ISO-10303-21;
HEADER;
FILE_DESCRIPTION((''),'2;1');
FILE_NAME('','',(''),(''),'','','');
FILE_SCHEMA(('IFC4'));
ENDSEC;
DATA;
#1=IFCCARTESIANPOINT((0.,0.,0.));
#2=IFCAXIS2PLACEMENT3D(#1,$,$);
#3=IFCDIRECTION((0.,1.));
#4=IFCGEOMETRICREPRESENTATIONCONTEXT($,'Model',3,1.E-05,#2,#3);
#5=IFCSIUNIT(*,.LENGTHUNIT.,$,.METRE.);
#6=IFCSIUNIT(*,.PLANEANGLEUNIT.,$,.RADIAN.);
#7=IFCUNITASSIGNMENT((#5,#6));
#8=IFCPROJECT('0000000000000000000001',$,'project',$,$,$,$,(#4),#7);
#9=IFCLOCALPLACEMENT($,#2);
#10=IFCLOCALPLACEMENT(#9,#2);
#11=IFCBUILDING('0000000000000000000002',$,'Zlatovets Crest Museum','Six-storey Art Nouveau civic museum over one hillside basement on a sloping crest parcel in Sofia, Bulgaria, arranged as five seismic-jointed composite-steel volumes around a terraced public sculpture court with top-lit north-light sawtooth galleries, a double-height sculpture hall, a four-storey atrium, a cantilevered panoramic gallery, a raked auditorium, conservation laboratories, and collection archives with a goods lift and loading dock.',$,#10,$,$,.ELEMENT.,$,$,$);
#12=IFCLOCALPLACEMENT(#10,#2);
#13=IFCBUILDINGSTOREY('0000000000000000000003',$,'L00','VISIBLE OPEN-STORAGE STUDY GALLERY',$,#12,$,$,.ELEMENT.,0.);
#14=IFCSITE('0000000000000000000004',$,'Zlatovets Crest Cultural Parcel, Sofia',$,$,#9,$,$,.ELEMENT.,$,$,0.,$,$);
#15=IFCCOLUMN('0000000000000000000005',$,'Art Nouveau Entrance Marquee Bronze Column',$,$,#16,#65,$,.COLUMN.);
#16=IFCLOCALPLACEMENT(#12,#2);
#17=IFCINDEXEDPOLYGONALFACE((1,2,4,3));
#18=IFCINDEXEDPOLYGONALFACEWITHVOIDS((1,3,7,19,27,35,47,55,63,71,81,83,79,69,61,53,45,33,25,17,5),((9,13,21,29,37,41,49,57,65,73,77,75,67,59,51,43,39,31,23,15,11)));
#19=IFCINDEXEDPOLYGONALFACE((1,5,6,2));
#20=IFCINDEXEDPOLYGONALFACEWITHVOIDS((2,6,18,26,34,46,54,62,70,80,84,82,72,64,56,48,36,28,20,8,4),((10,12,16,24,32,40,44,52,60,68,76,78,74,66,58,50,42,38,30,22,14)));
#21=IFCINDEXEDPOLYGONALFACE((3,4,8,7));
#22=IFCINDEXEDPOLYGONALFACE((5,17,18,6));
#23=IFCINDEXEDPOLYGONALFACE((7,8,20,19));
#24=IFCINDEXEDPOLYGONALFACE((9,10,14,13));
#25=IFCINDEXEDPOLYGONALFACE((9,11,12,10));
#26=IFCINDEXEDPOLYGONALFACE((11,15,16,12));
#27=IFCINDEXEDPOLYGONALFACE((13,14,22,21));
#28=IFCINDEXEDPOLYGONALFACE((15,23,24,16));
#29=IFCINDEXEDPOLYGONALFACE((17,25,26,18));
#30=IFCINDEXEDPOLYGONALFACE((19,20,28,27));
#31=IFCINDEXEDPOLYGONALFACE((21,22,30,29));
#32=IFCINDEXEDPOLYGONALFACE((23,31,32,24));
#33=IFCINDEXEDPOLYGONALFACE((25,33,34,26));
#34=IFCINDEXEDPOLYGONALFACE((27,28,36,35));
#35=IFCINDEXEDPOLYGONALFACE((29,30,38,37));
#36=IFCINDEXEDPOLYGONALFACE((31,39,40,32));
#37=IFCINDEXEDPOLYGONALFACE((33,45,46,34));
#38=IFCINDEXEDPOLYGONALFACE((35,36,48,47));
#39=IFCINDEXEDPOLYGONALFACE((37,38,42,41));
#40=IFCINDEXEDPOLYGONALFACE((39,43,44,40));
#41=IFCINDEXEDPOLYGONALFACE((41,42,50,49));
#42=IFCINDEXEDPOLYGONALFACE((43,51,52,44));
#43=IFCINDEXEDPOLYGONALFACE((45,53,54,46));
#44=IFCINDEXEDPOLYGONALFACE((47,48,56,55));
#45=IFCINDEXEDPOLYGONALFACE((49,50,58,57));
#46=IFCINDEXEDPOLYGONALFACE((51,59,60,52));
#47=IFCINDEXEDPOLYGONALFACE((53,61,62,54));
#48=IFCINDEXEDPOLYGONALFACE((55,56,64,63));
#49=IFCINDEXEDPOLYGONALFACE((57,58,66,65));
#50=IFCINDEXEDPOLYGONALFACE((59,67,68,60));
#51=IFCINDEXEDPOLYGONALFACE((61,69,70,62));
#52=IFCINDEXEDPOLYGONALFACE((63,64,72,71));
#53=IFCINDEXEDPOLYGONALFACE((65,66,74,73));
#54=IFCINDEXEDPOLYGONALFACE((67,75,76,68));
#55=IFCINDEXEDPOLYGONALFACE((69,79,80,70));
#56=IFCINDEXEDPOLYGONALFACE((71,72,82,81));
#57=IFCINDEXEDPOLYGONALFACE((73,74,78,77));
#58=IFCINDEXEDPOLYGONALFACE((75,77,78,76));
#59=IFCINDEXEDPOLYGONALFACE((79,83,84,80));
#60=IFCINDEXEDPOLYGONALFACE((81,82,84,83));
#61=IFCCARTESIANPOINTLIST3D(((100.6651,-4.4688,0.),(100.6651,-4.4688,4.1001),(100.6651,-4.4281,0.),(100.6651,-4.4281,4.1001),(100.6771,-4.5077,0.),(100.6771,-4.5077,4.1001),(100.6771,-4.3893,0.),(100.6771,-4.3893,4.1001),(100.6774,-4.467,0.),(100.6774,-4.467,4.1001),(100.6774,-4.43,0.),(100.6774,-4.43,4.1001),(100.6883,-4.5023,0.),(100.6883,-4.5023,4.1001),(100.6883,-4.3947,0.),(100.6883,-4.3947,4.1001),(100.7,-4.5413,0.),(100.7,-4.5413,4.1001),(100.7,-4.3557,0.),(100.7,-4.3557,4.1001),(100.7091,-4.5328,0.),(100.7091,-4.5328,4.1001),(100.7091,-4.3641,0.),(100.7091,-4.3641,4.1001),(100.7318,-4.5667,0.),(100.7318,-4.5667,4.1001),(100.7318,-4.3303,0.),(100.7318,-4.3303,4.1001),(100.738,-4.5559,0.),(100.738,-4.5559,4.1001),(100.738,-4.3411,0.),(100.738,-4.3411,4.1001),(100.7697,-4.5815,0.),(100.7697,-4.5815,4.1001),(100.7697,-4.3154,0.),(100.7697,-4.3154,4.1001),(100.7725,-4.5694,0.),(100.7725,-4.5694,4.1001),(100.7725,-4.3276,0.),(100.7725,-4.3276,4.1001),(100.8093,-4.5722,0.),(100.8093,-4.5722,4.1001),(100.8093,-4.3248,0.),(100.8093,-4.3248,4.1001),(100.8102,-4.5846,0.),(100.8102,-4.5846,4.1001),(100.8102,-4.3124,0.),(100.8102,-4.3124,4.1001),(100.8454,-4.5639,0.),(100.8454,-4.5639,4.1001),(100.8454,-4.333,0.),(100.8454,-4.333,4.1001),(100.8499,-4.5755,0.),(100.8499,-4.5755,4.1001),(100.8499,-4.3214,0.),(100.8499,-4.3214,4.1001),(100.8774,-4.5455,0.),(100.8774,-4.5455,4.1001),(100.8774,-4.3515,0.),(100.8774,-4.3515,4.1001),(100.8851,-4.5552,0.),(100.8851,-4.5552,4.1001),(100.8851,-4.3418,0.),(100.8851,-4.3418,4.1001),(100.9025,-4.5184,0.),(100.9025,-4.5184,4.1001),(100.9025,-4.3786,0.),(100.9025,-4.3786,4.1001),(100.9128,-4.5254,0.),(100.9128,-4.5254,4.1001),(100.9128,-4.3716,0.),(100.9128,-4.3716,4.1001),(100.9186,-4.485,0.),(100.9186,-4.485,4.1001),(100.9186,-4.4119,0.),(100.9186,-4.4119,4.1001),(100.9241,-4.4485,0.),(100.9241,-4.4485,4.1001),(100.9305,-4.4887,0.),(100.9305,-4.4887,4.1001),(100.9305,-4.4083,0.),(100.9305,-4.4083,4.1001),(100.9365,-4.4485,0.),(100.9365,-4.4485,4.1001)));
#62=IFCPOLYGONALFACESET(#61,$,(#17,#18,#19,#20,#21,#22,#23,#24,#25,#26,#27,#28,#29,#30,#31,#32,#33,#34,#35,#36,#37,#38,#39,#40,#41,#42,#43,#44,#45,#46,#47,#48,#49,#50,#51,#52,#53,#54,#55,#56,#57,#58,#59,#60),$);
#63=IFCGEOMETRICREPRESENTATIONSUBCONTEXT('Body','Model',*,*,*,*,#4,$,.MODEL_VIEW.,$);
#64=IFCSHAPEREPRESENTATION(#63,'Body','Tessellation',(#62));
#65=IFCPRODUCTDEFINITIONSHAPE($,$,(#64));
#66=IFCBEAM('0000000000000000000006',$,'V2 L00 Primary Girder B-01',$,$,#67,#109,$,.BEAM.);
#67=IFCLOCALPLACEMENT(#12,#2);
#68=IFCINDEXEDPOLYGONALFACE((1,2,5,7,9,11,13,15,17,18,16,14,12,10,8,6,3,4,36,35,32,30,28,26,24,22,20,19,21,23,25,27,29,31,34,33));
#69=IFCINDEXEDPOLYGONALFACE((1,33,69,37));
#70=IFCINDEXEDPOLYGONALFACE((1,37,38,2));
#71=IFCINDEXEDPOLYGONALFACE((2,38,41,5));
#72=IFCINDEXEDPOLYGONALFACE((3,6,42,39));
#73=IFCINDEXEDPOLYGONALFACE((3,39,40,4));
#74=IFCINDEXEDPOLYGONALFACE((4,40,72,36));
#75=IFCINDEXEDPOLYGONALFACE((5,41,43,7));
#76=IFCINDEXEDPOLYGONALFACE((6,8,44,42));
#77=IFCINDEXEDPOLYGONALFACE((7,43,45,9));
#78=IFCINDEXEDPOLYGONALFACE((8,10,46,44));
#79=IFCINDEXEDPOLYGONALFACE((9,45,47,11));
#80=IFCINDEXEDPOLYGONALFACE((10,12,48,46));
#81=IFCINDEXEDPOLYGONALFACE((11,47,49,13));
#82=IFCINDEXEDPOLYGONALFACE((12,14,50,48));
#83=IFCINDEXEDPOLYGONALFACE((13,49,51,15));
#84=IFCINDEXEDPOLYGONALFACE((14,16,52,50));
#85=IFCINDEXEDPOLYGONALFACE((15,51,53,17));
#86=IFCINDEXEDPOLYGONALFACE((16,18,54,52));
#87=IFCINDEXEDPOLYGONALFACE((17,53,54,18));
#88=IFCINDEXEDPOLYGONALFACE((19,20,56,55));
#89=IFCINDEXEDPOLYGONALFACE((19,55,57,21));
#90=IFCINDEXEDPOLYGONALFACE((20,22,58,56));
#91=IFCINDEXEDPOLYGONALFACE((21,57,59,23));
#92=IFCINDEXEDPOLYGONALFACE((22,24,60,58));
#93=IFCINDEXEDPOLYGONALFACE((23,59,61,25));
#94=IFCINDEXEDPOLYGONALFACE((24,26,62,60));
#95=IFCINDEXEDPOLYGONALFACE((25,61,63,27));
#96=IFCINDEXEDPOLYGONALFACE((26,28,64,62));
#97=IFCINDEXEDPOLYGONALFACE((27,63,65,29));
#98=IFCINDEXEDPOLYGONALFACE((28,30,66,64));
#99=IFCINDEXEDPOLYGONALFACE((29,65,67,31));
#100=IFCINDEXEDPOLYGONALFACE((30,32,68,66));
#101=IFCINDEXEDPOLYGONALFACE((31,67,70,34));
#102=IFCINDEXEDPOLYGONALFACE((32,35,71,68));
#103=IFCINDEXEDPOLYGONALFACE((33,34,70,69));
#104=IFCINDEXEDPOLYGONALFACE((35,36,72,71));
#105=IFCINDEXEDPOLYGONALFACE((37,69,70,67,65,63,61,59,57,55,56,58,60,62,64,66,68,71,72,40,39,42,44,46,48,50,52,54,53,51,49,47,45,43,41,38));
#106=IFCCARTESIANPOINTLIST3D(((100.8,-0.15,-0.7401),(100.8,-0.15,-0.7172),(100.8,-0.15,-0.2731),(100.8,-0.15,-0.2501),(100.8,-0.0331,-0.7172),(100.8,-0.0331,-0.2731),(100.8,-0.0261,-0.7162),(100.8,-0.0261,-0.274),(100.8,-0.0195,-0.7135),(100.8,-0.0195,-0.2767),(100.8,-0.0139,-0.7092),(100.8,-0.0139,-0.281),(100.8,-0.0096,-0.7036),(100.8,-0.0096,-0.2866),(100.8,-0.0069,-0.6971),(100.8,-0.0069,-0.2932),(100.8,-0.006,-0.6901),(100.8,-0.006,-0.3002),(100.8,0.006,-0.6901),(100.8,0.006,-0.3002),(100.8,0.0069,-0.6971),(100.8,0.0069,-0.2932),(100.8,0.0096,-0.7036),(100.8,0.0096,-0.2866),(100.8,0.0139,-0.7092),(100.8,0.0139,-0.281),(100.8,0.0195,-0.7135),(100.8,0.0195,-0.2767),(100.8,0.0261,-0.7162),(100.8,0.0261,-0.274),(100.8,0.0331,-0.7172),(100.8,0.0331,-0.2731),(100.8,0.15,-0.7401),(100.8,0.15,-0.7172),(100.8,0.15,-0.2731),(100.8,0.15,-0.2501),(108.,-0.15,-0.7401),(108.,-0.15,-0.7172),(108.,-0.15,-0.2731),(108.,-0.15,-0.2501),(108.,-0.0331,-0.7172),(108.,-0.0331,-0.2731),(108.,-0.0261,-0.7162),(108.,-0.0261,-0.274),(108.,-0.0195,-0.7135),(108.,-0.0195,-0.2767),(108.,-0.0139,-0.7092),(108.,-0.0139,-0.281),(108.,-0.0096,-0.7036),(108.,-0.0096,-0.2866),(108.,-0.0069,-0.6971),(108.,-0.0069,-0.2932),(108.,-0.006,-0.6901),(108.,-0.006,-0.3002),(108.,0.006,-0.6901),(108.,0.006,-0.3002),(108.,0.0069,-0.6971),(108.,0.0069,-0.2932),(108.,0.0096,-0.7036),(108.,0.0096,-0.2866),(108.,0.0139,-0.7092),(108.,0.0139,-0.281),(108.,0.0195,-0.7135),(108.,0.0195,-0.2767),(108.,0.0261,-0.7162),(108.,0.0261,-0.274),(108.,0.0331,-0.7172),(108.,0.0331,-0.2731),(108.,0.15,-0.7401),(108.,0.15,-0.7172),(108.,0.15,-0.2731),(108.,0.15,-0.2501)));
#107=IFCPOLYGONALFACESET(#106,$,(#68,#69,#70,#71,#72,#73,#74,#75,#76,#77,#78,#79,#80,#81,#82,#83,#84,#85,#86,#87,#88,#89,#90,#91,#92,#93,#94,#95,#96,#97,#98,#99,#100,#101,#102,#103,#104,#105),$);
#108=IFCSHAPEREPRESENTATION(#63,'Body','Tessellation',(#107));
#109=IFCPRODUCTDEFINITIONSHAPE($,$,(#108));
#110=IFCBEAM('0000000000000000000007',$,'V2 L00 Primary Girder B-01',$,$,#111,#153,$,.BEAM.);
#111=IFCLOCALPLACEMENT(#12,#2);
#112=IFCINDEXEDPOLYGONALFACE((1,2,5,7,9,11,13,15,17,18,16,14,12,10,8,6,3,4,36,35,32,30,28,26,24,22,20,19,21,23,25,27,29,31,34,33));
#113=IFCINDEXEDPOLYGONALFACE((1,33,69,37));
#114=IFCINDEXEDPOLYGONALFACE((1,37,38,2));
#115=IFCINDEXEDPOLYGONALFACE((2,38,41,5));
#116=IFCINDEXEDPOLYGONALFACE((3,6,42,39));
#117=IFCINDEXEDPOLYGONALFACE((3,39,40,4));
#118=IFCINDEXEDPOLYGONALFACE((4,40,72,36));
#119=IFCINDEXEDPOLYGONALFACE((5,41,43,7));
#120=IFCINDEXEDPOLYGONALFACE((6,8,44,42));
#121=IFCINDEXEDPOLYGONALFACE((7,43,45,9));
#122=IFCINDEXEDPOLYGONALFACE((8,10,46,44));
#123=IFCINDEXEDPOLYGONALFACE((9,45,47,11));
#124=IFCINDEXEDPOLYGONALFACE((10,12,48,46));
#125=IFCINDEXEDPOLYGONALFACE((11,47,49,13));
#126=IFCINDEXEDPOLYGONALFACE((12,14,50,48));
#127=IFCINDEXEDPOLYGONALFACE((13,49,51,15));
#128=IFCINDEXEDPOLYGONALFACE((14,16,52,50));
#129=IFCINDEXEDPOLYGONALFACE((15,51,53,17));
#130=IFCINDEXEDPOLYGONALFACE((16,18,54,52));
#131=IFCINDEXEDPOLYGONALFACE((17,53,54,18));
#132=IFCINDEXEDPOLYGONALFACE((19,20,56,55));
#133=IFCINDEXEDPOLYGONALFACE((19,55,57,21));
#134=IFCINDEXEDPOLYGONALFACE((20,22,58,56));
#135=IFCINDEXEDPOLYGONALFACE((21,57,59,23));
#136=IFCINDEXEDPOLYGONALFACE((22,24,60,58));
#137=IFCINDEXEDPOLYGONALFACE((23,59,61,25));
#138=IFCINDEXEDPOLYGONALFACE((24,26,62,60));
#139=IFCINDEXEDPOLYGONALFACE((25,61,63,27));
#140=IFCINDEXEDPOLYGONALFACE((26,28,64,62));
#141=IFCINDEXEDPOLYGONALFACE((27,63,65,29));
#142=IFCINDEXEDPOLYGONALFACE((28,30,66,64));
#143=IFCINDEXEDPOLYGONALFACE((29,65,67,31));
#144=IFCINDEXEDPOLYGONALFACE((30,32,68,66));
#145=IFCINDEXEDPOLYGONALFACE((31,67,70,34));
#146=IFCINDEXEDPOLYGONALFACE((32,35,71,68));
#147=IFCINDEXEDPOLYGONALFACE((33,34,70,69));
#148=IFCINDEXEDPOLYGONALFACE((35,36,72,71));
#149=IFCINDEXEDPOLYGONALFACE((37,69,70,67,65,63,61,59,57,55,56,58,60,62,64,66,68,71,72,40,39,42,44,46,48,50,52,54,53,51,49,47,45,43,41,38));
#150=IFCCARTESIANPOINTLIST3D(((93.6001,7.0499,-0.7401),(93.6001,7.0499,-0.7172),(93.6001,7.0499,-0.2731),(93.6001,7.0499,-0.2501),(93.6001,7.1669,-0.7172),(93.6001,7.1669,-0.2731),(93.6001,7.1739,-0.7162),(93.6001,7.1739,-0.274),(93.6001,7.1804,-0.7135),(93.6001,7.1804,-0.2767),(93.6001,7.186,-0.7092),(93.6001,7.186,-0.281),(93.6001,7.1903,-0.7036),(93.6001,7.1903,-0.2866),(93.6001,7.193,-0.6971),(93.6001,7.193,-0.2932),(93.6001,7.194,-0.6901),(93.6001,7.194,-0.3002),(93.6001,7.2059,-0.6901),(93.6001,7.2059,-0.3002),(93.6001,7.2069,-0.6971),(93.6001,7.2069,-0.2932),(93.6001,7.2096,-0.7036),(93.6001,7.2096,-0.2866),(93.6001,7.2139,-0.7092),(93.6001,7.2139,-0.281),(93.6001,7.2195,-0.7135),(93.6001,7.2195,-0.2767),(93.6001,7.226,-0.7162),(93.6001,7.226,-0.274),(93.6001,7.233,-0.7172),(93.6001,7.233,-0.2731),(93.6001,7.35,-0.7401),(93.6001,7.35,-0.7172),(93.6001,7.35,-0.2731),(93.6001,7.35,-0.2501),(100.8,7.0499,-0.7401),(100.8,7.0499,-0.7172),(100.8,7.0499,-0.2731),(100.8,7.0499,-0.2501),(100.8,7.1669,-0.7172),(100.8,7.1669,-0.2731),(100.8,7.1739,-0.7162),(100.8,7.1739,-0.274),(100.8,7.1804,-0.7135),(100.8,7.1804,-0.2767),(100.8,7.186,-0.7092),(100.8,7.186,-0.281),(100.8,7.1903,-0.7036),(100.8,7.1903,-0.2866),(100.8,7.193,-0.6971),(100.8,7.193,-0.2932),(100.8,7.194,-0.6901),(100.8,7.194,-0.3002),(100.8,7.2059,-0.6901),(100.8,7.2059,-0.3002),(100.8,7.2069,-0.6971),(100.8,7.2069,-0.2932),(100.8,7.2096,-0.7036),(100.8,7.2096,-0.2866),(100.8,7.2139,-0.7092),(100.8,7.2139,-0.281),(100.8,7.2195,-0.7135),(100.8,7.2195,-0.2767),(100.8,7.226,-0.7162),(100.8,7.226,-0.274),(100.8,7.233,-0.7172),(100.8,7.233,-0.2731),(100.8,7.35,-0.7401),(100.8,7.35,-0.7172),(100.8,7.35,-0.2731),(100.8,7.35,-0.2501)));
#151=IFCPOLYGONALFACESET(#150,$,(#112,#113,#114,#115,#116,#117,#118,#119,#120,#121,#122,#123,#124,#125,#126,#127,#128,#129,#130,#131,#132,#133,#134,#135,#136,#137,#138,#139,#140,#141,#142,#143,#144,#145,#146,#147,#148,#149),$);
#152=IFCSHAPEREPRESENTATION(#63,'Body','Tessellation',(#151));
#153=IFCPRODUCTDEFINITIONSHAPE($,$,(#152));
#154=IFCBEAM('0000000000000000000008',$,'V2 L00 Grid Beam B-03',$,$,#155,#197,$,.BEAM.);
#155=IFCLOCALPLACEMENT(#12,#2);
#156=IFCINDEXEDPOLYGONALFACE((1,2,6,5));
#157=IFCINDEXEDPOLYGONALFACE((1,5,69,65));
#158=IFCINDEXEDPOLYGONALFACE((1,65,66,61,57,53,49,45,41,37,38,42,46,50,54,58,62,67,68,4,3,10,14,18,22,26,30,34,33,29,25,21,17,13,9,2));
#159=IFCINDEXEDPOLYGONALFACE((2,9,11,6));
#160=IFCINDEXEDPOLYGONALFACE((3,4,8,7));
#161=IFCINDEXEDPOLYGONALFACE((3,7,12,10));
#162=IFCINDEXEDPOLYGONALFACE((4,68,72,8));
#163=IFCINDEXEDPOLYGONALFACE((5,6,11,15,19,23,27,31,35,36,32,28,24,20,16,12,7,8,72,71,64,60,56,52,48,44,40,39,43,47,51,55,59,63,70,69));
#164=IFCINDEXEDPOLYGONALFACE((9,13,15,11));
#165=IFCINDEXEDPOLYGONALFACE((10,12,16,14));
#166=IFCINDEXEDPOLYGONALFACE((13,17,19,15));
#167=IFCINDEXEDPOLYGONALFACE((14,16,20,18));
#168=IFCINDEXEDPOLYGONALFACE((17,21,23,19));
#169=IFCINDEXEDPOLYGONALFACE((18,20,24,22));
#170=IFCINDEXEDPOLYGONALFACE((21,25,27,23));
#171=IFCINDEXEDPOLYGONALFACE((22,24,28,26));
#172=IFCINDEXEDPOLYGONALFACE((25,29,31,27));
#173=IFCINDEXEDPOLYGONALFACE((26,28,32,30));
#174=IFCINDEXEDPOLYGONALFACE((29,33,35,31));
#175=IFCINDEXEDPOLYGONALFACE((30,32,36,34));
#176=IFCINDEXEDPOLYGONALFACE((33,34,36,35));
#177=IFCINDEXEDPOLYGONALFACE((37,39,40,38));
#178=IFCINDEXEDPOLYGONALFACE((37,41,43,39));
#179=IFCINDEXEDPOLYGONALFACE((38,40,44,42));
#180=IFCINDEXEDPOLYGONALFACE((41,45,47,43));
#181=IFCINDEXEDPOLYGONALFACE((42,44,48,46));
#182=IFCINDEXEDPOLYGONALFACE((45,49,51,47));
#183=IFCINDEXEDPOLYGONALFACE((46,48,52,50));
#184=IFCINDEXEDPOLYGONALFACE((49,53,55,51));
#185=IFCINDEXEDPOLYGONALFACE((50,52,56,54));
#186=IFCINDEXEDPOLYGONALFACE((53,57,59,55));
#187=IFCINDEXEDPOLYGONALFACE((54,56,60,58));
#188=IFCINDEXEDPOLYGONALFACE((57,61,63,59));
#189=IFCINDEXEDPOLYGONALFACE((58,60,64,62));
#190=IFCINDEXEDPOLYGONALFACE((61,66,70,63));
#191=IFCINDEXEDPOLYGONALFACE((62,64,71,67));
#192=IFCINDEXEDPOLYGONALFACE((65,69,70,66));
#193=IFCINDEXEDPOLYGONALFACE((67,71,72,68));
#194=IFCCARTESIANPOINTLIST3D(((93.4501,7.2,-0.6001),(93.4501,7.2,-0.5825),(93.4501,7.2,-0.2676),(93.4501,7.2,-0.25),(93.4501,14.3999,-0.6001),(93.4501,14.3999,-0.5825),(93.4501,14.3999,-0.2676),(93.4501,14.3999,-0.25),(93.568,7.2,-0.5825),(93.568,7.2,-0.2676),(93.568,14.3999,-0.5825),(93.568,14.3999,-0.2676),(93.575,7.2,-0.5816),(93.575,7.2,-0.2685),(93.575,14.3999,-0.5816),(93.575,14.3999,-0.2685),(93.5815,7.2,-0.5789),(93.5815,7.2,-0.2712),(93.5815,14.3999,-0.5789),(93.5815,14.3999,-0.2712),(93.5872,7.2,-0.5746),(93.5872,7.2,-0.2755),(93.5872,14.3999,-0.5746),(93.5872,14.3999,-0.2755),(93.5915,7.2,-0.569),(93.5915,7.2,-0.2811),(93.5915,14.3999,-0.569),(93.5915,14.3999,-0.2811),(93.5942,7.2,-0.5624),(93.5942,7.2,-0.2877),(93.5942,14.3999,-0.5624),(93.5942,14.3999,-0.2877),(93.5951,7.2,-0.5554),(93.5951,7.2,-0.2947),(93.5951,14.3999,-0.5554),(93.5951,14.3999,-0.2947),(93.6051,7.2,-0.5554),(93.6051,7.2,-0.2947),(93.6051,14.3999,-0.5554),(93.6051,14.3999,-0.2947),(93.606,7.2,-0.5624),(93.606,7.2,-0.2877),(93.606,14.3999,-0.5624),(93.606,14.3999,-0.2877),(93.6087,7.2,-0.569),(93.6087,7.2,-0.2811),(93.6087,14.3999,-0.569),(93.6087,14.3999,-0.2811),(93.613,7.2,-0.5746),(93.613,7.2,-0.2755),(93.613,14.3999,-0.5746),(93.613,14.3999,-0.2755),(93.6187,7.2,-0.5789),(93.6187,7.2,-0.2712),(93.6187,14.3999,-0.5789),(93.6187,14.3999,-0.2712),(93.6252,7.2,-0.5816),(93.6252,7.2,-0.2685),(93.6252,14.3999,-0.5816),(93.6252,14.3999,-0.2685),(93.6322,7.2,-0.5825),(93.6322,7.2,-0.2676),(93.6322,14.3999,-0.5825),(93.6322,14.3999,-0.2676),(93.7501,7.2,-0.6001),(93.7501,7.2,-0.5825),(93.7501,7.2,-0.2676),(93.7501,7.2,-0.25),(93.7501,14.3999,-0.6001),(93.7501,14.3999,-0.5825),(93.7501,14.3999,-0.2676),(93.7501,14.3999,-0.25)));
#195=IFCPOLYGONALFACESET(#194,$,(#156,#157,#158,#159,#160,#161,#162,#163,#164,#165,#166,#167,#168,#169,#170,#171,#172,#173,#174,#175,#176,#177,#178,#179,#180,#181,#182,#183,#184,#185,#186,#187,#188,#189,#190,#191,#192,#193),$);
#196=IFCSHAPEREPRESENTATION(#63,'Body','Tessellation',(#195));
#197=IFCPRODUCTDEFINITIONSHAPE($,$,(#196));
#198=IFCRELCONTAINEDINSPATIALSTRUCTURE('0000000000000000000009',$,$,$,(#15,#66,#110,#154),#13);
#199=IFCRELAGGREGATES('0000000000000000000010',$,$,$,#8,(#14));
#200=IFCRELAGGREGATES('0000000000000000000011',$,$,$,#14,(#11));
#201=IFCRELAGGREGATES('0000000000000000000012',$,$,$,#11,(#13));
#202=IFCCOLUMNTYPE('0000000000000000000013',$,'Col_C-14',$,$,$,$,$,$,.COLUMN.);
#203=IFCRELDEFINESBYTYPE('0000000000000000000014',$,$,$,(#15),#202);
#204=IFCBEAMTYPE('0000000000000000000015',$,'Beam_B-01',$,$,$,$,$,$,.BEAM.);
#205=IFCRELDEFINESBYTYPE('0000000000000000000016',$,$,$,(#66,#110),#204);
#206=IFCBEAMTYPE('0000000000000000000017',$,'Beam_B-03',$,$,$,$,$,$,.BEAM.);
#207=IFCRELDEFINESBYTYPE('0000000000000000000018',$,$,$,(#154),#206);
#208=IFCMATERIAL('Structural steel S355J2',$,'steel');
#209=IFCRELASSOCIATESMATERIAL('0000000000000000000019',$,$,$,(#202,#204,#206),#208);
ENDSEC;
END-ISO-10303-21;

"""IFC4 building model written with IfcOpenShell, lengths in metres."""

from ifc_helpers import new_model, si_unit, direction, frame, origin, origin_2d, place, context, subcontext, project, spatial, hollow_circle, i_section, extrude, material, material_profile, profile_set, type_object, element, save


model = new_model("IFC4")

# Units and contexts
model_context = context("Model", 3, precision=1e-05, world=origin(), true_north=direction((0.0, 1.0)))
body_context = subcontext(model_context, "Body", "Model", "MODEL_VIEW")
ifc_project = project(units=[si_unit("LENGTHUNIT", "METRE"), si_unit("PLANEANGLEUNIT", "RADIAN")], contexts=[model_context])

# Site, building, storey
site_placement = place(None, origin())
site = spatial("IfcSite", under=ifc_project, at=site_placement, Name="Zlatovets Crest Cultural Parcel, Sofia", CompositionType="ELEMENT", RefElevation=0.0)
building_placement = place(site_placement, origin())
building = spatial("IfcBuilding", under=site, at=building_placement, Name="Zlatovets Crest Museum", Description="Six-storey Art Nouveau civic museum over one hillside basement on a sloping crest parcel in Sofia, Bulgaria, arranged as five seismic-jointed composite-steel volumes around a terraced public sculpture court with top-lit north-light sawtooth galleries, a double-height sculpture hall, a four-storey atrium, a cantilevered panoramic gallery, a raked auditorium, conservation laboratories, and collection archives with a goods lift and loading dock.", CompositionType="ELEMENT")
storey_placement = place(building_placement, origin())
storey = spatial("IfcBuildingStorey", under=building, at=storey_placement, Name="L00", Description="VISIBLE OPEN-STORAGE STUDY GALLERY", CompositionType="ELEMENT", Elevation=0.0)

# Column
ifc_material_1 = material(Name="Structural steel S355J2", Category="steel")
ifc_material_profile_1 = material_profile(ifc_material_1, hollow_circle(Radius=0.1365, WallThickness=0.0125, at=origin_2d()), Name="CHS 273.0x12.5")
ifc_profile_set_1 = profile_set([ifc_material_profile_1], Name="Structural steel S355J2")
column_type_1 = type_object("IfcColumnType", Name="Col_C-14", PredefinedType="COLUMN", material=ifc_profile_set_1)
column_1_placement = place(storey_placement, frame((100.8, -4.4485, 0.0), z_axis=(0.0, 0.0, 1.0), x_axis=(1.0, 0.0, 0.0)))
element("IfcColumn", 1, at=column_1_placement, inside=storey, type_object=column_type_1, Name="Art Nouveau Entrance Marquee Bronze Column", PredefinedType="COLUMN", context=body_context, shape_type="SweptSolid", body=[
    extrude(hollow_circle(Radius=0.1365, WallThickness=0.0125, at=origin_2d()), origin(), (0.0, 0.0, 1.0), 4.1001),
])

# Beams
ifc_material_profile_2 = material_profile(ifc_material_1, i_section(OverallWidth=0.3, OverallDepth=0.49, WebThickness=0.012, FlangeThickness=0.0229, FilletRadius=0.0271, at=origin_2d()), Name="HEA 500")
ifc_profile_set_2 = profile_set([ifc_material_profile_2], Name="Structural steel S355J2")
beam_type_1 = type_object("IfcBeamType", Name="Beam_B-01", PredefinedType="BEAM", material=ifc_profile_set_2)
for number, where, z_axis, x_axis, name in (
    (2, (100.8, 0.0, -0.4951), (1.0, 0.0, 0.0), (0.0, 1.0, 0.0), "V2 L00 Primary Girder B-01"),
    (3, (93.6001, 7.2, -0.4951), (1.0, 0.0, 0.0), (0.0, 1.0, 0.0), "V2 L00 Primary Girder B-01"),
):
    element("IfcBeam", number, at=place(storey_placement, frame(where, z_axis=z_axis, x_axis=x_axis)), inside=storey, type_object=beam_type_1, Name=name, PredefinedType="BEAM", context=body_context, shape_type="SweptSolid", body=[
        extrude(i_section(OverallWidth=0.3, OverallDepth=0.49, WebThickness=0.012, FlangeThickness=0.0229, FilletRadius=0.0271, at=origin_2d()), origin(), (0.0, 0.0, 1.0), 7.2),
    ])
ifc_material_profile_3 = material_profile(ifc_material_1, i_section(OverallWidth=0.3, OverallDepth=0.3501, WebThickness=0.01, FlangeThickness=0.0176, FilletRadius=0.0271, at=origin_2d()), Name="HEA 360")
ifc_profile_set_3 = profile_set([ifc_material_profile_3], Name="Structural steel S355J2")
beam_type_2 = type_object("IfcBeamType", Name="Beam_B-03", PredefinedType="BEAM", material=ifc_profile_set_3)
for number, where, z_axis, x_axis, name in (
    (4, (93.6001, 7.2, -0.425), (0.0, 1.0, 0.0), (-1.0, 0.0, 0.0), "V2 L00 Grid Beam B-03"),
):
    element("IfcBeam", number, at=place(storey_placement, frame(where, z_axis=z_axis, x_axis=x_axis)), inside=storey, type_object=beam_type_2, Name=name, PredefinedType="BEAM", context=body_context, shape_type="SweptSolid", body=[
        extrude(i_section(OverallWidth=0.3, OverallDepth=0.3501, WebThickness=0.01, FlangeThickness=0.0176, FilletRadius=0.0271, at=origin_2d()), origin(), (0.0, 0.0, 1.0), 7.2),
    ])

save(model, "model.ifc")
